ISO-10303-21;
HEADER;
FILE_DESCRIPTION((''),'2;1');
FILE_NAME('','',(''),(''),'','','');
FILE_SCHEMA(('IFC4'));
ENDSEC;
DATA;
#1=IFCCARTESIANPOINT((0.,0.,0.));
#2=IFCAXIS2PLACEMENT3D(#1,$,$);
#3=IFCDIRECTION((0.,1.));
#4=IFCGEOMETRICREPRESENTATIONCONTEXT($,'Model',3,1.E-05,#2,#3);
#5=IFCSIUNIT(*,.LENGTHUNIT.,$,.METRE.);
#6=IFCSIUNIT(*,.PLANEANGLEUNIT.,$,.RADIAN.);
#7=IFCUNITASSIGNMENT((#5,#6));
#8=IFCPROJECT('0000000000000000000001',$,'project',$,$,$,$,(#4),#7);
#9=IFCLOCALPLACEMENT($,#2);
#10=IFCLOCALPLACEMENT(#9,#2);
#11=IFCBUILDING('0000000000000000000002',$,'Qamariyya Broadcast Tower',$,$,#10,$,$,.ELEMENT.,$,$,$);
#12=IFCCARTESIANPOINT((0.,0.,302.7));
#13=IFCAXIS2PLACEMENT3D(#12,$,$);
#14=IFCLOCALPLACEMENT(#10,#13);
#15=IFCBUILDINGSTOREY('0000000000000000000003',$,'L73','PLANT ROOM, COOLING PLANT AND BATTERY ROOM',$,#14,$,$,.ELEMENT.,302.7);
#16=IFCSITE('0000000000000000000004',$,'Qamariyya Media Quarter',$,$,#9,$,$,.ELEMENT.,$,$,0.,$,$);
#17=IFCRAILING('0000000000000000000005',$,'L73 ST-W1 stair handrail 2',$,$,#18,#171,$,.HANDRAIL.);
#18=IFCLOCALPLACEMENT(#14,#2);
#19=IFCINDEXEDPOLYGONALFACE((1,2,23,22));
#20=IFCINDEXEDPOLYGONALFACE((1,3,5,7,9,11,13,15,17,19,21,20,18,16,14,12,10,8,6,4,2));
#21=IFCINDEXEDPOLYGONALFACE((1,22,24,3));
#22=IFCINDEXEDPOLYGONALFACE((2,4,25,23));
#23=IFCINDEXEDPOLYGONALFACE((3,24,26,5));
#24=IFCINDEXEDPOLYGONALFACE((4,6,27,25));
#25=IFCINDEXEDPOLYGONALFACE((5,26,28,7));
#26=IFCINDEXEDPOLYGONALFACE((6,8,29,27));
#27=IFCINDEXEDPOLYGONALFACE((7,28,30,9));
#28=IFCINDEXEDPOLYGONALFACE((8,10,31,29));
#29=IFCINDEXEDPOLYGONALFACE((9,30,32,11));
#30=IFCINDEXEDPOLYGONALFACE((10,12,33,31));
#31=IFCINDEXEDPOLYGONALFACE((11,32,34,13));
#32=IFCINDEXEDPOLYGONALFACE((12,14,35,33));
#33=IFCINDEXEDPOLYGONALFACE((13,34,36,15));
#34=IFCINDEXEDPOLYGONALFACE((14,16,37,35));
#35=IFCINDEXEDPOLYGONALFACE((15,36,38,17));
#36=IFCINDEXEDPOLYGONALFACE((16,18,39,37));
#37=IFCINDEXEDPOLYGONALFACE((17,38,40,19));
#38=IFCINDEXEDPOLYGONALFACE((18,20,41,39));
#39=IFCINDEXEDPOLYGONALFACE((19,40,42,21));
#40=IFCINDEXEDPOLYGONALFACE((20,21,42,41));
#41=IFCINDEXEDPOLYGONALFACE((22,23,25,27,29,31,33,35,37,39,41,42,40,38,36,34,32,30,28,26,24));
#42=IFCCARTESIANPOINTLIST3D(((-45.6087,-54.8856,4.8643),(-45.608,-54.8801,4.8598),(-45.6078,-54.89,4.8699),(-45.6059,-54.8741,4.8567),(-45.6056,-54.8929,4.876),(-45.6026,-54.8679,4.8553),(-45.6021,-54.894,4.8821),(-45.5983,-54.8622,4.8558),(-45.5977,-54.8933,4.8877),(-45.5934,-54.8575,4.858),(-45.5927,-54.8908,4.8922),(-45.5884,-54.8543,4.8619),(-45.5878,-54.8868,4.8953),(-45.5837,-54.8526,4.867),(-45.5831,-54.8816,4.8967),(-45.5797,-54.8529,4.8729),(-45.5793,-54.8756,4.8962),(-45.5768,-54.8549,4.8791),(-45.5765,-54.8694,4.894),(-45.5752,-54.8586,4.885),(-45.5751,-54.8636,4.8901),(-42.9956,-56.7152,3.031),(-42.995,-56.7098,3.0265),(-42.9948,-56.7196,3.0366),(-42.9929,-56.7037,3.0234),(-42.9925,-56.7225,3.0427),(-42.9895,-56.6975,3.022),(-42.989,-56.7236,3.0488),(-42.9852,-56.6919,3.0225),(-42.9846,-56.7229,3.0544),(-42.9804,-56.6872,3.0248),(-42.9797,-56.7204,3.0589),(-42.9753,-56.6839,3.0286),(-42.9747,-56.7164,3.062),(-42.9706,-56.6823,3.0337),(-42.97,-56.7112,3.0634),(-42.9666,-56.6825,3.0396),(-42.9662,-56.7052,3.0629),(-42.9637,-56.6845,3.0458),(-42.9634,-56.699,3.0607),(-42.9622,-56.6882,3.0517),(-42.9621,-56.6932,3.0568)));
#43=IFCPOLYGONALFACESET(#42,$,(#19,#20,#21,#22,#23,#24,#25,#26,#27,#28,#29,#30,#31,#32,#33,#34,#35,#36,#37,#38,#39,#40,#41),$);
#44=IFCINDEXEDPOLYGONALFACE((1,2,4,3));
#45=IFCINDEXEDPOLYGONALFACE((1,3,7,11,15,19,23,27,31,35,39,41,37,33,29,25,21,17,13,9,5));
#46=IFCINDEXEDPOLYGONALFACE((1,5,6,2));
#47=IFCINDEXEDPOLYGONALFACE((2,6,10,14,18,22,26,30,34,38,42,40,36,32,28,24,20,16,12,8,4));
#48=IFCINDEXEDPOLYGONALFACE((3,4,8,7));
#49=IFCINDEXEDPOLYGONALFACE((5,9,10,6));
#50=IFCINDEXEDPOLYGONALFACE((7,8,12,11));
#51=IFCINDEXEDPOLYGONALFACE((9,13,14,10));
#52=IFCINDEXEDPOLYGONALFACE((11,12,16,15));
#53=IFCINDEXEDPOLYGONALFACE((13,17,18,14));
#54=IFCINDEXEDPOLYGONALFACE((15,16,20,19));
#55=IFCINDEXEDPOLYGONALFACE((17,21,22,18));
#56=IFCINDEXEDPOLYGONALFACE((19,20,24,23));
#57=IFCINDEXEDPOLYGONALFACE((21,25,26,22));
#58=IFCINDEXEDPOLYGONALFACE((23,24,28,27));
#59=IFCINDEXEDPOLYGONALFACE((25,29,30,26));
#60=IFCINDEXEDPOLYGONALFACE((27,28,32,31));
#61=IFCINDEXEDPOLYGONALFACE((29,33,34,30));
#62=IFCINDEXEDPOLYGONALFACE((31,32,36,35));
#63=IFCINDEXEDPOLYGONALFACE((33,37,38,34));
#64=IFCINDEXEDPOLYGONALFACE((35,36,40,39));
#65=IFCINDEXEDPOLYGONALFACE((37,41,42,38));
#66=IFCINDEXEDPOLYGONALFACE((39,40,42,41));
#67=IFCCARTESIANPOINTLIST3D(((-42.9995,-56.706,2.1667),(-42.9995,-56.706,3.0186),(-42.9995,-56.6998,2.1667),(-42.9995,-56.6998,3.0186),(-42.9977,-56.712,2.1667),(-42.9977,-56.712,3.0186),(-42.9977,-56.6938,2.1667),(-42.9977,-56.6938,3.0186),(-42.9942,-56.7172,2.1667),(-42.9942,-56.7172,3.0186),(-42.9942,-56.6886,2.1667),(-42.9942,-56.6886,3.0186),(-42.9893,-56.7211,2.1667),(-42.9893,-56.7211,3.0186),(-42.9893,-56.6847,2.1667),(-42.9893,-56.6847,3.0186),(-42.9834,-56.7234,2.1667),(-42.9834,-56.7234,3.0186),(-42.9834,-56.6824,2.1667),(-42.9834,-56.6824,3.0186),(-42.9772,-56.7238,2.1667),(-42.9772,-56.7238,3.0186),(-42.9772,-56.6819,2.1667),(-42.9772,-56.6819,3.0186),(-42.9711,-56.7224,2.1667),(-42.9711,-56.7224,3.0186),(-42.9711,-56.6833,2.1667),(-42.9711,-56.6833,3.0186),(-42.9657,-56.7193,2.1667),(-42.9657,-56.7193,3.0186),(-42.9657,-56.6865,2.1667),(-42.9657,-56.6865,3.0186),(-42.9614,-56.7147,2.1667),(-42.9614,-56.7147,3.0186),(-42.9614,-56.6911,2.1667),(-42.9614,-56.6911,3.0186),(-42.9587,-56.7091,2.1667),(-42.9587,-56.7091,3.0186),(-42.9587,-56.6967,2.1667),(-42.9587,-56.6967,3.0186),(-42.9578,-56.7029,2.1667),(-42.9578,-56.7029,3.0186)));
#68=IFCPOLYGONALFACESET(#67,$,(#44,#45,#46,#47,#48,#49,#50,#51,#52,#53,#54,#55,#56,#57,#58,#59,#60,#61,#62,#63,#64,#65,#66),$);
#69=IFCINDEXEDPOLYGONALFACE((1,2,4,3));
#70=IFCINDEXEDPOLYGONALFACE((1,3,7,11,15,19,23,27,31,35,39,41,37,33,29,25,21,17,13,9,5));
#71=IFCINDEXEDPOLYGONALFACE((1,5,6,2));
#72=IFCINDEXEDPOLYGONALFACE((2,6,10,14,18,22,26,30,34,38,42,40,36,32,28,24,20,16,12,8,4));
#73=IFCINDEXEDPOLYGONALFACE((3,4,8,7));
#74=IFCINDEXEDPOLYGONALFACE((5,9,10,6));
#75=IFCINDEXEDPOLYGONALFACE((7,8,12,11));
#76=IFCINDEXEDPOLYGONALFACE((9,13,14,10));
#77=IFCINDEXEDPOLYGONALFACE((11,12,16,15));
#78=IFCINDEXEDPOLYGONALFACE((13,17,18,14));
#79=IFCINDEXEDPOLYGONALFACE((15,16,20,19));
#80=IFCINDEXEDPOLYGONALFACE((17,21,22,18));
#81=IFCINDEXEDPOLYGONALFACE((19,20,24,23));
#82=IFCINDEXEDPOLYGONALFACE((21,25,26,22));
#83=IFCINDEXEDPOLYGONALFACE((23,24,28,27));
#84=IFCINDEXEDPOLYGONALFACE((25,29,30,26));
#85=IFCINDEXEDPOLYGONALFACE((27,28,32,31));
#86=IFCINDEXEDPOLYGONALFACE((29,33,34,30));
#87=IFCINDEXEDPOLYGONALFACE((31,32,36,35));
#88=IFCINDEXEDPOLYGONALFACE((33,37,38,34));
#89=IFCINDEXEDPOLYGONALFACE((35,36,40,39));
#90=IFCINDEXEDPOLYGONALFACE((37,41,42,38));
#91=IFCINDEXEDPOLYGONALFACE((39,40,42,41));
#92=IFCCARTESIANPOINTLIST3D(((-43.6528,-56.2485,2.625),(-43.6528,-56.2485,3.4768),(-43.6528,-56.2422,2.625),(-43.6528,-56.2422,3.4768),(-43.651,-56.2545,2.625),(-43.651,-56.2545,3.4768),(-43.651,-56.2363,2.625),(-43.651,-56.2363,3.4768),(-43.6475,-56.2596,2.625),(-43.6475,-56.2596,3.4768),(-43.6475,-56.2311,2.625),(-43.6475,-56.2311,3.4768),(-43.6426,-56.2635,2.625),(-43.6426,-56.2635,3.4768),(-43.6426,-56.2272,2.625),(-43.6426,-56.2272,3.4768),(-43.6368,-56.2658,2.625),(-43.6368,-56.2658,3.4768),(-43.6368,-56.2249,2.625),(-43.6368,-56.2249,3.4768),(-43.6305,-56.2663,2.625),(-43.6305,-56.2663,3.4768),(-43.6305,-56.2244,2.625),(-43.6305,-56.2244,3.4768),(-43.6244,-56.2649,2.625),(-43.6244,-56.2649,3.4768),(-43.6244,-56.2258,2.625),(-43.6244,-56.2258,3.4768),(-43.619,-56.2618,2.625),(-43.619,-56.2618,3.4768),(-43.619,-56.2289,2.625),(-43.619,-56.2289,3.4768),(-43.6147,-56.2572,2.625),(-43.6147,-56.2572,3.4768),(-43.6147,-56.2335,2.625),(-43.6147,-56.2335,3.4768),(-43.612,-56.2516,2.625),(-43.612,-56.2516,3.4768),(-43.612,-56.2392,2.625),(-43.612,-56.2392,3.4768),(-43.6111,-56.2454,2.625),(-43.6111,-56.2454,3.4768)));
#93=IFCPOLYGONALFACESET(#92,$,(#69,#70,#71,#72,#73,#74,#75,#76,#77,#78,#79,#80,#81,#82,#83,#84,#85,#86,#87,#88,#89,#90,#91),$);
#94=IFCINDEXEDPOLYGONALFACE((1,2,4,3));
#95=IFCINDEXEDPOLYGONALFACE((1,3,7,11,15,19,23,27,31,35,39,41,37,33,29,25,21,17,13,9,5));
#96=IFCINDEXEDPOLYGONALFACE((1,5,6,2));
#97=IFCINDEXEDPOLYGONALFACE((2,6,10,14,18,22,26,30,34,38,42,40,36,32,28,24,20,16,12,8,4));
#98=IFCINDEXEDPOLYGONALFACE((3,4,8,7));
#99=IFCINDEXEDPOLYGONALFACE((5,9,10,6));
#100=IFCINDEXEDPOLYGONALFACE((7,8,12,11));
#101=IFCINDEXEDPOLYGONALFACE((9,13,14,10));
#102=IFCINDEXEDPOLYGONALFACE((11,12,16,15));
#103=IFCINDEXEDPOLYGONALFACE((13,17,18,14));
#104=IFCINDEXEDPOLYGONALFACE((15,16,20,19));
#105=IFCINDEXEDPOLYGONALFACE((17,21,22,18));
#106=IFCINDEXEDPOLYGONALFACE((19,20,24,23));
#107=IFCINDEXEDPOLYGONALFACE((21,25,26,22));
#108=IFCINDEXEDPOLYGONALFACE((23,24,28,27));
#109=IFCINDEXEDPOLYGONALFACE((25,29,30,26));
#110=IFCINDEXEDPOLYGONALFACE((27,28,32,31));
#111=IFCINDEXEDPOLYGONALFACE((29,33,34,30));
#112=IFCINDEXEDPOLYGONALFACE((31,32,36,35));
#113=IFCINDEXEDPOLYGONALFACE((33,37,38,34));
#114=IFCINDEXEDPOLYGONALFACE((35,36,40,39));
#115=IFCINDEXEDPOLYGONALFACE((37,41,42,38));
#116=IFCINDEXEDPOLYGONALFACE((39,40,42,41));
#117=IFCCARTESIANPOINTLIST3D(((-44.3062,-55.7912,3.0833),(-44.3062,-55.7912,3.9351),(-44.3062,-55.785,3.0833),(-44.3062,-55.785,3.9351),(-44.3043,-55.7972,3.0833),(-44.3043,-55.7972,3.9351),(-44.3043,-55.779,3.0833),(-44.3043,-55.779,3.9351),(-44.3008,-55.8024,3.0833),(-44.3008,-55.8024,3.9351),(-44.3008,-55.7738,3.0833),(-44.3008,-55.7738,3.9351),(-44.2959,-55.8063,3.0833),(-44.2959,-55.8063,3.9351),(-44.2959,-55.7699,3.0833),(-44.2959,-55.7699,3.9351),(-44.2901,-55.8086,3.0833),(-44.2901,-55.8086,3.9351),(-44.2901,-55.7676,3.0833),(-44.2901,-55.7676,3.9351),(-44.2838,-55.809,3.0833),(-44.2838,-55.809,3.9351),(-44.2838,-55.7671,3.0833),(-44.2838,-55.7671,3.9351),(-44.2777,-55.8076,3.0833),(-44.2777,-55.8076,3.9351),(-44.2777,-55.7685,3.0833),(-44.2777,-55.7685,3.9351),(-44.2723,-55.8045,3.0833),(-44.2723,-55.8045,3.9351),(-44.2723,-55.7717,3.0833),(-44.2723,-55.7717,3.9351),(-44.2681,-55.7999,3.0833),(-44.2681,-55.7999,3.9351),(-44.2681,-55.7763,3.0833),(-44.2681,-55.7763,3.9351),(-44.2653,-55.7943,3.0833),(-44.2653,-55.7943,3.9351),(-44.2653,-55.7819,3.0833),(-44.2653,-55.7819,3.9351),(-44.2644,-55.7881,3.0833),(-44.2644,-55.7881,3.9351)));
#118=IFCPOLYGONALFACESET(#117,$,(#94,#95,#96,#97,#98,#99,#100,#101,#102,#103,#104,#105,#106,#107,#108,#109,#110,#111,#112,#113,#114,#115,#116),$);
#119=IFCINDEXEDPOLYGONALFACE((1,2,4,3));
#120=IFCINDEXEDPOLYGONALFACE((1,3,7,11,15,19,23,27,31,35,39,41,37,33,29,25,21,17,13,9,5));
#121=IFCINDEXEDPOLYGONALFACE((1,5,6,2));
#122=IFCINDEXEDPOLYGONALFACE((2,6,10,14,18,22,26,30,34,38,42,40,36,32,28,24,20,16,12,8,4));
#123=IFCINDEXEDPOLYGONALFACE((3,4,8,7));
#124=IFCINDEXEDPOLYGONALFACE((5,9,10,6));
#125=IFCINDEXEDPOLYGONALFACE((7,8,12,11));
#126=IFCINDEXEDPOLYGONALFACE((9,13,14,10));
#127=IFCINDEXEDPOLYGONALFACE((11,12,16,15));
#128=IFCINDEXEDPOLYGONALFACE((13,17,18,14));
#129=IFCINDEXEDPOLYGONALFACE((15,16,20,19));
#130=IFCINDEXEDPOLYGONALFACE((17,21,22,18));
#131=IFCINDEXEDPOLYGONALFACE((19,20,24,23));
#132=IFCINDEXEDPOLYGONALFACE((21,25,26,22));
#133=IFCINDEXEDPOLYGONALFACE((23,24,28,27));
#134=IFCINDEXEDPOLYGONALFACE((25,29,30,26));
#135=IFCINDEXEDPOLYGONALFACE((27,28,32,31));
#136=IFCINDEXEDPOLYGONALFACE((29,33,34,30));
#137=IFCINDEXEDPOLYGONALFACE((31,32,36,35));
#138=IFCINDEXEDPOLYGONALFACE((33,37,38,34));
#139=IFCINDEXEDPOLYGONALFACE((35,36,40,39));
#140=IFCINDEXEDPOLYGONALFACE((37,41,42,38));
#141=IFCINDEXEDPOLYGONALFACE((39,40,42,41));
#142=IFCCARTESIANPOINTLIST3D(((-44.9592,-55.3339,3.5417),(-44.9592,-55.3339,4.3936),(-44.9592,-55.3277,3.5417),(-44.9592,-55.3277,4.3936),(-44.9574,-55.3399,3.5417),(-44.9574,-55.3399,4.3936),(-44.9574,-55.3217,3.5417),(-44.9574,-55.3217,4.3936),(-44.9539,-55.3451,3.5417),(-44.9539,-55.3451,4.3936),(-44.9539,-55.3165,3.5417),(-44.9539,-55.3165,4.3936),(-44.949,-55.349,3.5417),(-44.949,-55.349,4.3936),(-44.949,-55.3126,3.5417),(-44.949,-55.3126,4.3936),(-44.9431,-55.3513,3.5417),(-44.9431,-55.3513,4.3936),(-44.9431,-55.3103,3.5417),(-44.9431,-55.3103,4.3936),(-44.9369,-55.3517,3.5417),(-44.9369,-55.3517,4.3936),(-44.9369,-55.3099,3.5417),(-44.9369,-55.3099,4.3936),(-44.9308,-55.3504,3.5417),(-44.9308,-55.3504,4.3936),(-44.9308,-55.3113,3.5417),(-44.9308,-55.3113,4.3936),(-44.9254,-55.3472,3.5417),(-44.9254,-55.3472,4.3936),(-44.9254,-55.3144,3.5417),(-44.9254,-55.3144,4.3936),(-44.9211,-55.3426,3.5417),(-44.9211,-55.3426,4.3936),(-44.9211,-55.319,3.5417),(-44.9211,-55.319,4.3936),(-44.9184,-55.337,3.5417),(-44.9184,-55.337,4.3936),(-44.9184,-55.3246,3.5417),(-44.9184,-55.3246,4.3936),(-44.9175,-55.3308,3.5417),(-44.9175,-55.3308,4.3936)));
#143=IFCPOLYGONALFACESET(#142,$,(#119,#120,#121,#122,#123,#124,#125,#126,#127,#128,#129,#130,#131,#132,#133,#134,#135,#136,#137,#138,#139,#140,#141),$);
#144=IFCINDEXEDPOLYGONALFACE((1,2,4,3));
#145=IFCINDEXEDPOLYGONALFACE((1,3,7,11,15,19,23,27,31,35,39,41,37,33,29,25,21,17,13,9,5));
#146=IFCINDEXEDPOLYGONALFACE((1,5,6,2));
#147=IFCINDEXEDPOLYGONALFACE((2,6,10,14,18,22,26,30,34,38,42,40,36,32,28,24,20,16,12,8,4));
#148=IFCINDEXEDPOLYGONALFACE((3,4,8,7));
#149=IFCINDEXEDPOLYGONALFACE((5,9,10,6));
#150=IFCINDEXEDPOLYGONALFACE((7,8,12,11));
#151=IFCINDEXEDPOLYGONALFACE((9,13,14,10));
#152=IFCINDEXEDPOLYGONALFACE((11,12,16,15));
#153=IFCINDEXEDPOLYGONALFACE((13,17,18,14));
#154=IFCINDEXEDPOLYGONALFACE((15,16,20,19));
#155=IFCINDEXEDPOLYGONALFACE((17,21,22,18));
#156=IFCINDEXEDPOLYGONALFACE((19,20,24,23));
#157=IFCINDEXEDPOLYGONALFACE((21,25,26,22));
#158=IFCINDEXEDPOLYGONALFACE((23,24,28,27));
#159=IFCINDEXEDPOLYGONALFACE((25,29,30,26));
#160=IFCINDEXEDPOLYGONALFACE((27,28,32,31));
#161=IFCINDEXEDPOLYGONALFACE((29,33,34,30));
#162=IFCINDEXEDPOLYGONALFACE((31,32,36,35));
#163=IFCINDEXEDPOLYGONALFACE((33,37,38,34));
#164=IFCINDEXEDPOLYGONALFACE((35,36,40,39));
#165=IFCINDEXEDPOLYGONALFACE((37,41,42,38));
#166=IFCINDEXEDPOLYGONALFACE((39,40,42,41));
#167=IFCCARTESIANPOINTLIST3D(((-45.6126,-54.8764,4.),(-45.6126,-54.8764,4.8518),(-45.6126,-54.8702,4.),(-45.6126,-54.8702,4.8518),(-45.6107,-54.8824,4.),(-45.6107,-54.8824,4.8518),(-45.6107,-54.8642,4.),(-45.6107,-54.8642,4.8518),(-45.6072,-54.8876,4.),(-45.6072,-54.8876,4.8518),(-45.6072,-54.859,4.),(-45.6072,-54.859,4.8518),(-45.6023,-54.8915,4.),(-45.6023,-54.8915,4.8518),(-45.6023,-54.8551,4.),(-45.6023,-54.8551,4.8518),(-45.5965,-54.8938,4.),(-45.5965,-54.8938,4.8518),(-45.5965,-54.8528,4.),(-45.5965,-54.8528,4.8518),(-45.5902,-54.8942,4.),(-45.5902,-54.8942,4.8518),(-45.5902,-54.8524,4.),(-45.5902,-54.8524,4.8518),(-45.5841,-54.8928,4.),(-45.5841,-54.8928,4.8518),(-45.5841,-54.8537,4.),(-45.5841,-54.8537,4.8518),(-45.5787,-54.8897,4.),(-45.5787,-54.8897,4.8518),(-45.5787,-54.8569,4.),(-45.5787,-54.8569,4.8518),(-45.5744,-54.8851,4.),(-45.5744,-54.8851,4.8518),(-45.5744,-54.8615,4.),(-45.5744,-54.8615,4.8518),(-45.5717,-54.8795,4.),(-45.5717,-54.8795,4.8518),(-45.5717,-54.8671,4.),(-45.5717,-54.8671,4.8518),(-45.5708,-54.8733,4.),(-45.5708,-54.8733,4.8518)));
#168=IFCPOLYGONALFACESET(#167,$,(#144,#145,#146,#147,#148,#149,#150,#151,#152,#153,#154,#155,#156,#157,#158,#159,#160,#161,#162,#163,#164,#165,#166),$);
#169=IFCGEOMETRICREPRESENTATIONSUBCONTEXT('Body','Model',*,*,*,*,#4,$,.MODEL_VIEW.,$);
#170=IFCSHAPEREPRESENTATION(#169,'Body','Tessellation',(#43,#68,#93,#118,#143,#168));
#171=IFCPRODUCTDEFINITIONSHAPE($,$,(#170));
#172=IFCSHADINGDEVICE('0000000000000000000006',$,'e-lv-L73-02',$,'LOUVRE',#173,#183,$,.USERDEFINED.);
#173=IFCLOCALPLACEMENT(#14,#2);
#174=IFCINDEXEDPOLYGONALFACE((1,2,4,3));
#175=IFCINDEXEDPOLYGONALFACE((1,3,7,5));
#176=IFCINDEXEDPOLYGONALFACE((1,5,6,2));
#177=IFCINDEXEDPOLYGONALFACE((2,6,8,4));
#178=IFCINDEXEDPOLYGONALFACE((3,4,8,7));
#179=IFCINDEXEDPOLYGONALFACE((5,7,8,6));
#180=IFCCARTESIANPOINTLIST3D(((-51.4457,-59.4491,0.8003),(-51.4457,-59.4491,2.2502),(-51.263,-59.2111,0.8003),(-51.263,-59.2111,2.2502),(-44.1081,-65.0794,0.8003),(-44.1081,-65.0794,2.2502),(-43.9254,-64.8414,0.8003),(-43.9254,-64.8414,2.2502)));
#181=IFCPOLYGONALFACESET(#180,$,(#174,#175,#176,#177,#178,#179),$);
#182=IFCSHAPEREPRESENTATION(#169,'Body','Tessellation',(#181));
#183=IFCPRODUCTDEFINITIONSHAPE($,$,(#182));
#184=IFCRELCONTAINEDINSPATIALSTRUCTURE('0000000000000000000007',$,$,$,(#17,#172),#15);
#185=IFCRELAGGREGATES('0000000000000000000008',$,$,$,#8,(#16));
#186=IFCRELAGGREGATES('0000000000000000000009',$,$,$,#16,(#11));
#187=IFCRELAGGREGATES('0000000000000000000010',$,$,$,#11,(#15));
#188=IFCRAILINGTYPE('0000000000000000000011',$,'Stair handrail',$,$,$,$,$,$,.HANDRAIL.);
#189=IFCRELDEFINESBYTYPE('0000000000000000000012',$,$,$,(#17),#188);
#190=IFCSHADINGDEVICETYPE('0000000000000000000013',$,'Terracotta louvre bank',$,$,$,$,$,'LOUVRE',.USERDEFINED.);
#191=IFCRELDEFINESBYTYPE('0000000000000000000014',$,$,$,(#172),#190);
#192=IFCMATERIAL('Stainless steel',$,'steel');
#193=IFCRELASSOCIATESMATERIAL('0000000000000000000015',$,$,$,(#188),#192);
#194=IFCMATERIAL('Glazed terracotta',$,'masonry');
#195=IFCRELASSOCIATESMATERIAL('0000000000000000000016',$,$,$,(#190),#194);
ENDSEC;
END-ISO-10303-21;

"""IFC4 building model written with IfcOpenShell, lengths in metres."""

from ifc_helpers import new_model, si_unit, direction, frame, origin, origin_2d, place, context, subcontext, project, spatial, rectangle, circle, extrude, material, type_object, element, save


model = new_model("IFC4")

# Units and contexts
model_context = context("Model", 3, precision=1e-05, world=origin(), true_north=direction((0.0, 1.0)))
body_context = subcontext(model_context, "Body", "Model", "MODEL_VIEW")
ifc_project = project(units=[si_unit("LENGTHUNIT", "METRE"), si_unit("PLANEANGLEUNIT", "RADIAN")], contexts=[model_context])

# Site, building, storey
site_placement = place(None, origin())
site = spatial("IfcSite", under=ifc_project, at=site_placement, Name="Qamariyya Media Quarter", CompositionType="ELEMENT", RefElevation=0.0)
building_placement = place(site_placement, origin())
building = spatial("IfcBuilding", under=site, at=building_placement, Name="Qamariyya Broadcast Tower", CompositionType="ELEMENT")
storey_placement = place(building_placement, frame((0.0, 0.0, 302.7)))
storey = spatial("IfcBuildingStorey", under=building, at=storey_placement, Name="L73", Description="PLANT ROOM, COOLING PLANT AND BATTERY ROOM", CompositionType="ELEMENT", Elevation=302.7)

# Railing
ifc_material_1 = material(Name="Stainless steel", Category="steel")
railing_type_1 = type_object("IfcRailingType", Name="Stair handrail", PredefinedType="HANDRAIL", material=ifc_material_1)
railing_1_placement = place(storey_placement, frame((-42.9788, -56.7029, 2.1667)))
element("IfcRailing", 1, at=railing_1_placement, inside=storey, type_object=railing_type_1, Name="L73 ST-W1 stair handrail 2", PredefinedType="HANDRAIL", context=body_context, shape_type="SweptSolid", body=[
    extrude(circle(Radius=0.0239, at=origin_2d()), frame((0.0, 0.0, 0.876), z_axis=(-0.710228, 0.497285, 0.498281), x_axis=(-0.57356, -0.819164, 0.0)), (0.0, 0.0, 1.0), 3.6792),
    extrude(circle(Radius=0.021, at=origin_2d()), origin(), (0.0, 0.0, 1.0), 0.8518),
    extrude(circle(Radius=0.021, at=origin_2d()), frame((-0.6533, 0.4575, 0.4583)), (0.0, 0.0, 1.0), 0.8518),
    extrude(circle(Radius=0.021, at=origin_2d()), frame((-1.3066, 0.9148, 0.9165)), (0.0, 0.0, 1.0), 0.8518),
    extrude(circle(Radius=0.021, at=origin_2d()), frame((-1.9597, 1.3721, 1.375)), (0.0, 0.0, 1.0), 0.8518),
    extrude(circle(Radius=0.021, at=origin_2d()), frame((-2.613, 1.8296, 1.8333)), (0.0, 0.0, 1.0), 0.8518),
])

# Shading device
ifc_material_2 = material(Name="Glazed terracotta", Category="masonry")
shading_device_type = type_object("IfcShadingDeviceType", Name="Terracotta louvre bank", ElementType="LOUVRE", PredefinedType="USERDEFINED", material=ifc_material_2)
shading_device_placement = place(storey_placement, frame((-47.6855, -62.1453, 0.8003), z_axis=(0.0, 0.0, 1.0), x_axis=(0.793353, -0.608761, 0.0)))
element("IfcShadingDevice", 2, at=shading_device_placement, inside=storey, type_object=shading_device_type, Name="e-lv-L73-02", ObjectType="LOUVRE", PredefinedType="USERDEFINED", context=body_context, shape_type="SweptSolid", body=[
    extrude(rectangle(XDim=9.2488, YDim=0.3, at=origin_2d()), origin(), (0.0, 0.0, 1.0), 1.45),
])

save(model, "model.ifc")
